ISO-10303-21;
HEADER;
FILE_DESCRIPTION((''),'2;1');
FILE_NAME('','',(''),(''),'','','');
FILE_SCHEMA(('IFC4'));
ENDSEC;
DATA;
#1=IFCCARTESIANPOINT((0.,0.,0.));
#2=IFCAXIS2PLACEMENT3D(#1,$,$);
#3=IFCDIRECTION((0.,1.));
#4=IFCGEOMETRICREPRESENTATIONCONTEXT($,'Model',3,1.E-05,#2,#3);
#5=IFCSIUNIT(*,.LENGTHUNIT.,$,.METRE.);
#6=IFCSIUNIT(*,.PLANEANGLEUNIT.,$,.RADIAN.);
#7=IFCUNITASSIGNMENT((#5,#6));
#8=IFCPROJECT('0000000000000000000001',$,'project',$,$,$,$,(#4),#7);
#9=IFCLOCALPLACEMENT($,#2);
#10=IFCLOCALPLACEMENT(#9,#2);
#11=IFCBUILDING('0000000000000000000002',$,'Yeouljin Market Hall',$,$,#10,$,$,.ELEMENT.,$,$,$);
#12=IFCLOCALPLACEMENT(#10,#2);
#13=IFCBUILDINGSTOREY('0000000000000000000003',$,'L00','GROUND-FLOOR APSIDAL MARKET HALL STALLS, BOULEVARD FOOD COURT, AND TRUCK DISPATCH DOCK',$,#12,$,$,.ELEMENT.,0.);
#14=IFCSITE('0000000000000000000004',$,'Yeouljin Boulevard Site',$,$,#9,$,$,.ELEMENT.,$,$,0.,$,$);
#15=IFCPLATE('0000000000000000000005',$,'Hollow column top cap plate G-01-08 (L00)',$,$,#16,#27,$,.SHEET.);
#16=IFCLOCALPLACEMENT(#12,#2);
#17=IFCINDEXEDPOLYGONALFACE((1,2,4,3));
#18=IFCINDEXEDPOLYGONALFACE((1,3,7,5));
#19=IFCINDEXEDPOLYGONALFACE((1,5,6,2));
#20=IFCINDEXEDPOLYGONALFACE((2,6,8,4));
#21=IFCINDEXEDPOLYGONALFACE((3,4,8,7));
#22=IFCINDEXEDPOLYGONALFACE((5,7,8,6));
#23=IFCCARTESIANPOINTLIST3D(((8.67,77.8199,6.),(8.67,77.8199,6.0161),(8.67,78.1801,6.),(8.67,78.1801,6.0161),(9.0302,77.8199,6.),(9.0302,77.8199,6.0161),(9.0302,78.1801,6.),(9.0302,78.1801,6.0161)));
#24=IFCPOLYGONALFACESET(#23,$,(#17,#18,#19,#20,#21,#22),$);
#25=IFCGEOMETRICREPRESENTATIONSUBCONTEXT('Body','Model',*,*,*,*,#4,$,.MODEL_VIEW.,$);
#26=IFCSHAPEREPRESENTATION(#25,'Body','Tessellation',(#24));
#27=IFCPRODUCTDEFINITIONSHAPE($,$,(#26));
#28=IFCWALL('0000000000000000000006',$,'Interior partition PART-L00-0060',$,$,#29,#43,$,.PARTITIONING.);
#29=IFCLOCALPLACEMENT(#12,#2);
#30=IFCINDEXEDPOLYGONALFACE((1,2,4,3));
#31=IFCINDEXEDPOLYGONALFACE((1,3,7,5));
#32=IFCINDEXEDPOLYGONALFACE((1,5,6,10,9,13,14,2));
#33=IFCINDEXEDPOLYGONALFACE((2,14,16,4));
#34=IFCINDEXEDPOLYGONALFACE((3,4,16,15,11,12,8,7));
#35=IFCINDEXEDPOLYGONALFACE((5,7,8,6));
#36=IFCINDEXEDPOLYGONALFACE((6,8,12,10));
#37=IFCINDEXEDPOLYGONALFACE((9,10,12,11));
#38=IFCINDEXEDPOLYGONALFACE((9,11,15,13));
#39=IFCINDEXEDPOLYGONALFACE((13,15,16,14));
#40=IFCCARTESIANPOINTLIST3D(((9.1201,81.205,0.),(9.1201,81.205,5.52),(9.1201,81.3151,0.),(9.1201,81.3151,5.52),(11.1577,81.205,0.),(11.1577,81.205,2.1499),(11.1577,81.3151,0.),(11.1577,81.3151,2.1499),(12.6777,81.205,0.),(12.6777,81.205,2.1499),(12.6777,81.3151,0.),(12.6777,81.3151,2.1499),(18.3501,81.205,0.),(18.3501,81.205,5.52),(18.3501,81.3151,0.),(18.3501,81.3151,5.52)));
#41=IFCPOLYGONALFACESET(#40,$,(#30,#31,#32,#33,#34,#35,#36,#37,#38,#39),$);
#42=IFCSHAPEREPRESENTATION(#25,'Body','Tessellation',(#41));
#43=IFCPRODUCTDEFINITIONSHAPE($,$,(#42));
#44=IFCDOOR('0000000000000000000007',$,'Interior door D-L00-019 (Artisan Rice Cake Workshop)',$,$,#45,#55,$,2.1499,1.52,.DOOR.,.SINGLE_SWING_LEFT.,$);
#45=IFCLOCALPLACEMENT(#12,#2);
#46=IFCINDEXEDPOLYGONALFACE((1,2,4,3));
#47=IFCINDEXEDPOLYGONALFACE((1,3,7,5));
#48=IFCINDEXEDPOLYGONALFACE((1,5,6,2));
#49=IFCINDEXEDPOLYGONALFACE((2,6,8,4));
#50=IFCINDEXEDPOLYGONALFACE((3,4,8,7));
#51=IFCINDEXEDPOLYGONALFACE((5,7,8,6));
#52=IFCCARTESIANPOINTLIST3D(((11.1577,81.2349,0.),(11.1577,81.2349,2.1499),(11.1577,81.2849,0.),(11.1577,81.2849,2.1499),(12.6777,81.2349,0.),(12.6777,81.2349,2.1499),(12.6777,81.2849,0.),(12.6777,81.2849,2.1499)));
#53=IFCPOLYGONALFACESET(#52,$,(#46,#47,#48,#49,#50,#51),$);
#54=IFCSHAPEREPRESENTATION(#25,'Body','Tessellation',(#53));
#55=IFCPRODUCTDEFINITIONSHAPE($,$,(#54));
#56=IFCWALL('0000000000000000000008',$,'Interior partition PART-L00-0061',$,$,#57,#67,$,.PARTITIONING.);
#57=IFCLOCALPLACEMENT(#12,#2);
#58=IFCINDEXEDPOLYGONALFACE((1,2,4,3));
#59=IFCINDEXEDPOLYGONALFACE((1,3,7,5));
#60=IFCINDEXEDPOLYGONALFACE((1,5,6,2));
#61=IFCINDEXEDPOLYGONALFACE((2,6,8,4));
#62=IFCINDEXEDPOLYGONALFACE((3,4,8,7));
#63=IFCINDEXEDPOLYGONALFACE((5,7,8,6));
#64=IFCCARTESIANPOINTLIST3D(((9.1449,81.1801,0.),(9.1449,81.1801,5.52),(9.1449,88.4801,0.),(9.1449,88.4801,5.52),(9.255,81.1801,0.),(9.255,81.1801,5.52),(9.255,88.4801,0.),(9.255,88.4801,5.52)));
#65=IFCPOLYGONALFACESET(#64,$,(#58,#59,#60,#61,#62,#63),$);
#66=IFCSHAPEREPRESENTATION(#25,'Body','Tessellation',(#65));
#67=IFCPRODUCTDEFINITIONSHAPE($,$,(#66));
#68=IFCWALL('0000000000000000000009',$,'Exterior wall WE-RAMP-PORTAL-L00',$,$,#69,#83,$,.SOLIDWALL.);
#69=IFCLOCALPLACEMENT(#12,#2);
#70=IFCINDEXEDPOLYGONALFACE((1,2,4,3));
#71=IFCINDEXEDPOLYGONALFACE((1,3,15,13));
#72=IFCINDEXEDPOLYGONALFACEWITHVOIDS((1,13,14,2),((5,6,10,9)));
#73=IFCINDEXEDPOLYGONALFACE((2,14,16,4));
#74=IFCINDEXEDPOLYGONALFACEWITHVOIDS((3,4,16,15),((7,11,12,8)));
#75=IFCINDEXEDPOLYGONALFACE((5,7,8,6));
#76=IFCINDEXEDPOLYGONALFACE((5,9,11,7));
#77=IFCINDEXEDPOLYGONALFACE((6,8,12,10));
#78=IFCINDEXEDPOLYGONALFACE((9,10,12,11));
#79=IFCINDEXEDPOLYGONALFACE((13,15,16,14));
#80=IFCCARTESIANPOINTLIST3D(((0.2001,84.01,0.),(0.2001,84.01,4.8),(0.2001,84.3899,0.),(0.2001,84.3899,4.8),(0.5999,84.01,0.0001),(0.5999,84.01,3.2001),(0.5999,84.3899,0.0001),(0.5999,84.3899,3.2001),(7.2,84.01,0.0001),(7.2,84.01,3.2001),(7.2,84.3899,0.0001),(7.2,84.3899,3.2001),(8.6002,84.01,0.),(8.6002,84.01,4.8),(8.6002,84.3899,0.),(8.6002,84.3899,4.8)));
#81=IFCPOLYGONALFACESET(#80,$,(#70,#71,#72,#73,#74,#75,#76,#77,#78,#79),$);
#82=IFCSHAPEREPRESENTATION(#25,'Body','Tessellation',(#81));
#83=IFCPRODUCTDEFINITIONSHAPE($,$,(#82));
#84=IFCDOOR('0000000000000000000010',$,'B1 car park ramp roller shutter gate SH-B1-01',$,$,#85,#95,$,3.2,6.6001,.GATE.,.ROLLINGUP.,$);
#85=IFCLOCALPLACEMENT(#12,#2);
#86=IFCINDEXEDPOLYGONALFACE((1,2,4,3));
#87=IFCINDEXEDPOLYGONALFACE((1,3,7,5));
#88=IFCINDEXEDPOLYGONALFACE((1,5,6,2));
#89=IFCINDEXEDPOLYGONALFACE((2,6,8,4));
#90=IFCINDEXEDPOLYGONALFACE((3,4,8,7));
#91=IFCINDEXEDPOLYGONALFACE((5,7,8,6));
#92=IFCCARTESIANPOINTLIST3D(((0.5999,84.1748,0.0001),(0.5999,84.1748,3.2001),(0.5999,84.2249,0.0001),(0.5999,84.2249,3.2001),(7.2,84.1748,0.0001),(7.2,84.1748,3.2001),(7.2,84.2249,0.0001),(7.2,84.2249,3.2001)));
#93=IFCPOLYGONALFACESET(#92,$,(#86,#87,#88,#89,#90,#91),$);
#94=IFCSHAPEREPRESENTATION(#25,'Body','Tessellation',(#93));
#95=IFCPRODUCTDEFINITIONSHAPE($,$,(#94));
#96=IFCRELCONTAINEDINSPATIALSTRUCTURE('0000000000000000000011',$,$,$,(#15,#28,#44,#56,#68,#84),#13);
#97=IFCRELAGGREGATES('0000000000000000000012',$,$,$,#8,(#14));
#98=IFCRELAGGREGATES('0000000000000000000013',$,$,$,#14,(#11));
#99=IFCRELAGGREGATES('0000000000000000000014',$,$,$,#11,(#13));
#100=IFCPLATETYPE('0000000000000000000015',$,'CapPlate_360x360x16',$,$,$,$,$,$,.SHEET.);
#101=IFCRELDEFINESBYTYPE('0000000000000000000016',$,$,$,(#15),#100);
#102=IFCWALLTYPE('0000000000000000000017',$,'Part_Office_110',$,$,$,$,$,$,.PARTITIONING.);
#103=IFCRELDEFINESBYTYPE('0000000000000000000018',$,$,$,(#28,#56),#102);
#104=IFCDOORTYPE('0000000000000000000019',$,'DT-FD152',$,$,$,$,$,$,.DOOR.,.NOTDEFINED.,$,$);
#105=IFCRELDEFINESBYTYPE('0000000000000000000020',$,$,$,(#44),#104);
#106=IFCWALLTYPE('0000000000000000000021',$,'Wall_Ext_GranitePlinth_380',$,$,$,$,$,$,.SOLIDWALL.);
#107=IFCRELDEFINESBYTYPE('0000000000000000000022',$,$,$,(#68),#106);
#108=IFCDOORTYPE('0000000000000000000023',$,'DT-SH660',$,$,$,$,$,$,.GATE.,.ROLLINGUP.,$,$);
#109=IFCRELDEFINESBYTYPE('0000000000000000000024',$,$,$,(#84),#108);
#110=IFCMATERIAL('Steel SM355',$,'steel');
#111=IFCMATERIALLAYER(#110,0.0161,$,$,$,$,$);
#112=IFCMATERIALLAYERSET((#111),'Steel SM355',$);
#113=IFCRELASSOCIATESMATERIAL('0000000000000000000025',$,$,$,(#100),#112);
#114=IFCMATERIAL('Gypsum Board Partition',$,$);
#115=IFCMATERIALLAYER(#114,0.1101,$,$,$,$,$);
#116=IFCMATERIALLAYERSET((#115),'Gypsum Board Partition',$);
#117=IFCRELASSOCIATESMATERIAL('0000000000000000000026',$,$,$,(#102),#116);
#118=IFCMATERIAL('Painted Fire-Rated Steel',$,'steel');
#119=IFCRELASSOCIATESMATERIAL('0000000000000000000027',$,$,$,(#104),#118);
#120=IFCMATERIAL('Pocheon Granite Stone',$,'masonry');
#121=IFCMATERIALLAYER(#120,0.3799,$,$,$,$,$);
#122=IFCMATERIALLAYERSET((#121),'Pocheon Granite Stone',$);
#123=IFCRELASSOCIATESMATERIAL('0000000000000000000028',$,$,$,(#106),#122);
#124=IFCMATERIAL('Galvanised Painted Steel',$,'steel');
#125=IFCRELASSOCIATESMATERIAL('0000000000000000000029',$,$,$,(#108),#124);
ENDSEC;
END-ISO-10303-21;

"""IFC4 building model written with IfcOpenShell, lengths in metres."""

from ifc_helpers import new_model, si_unit, direction, frame, frame_2d, origin, origin_2d, place, context, subcontext, project, spatial, rectangle, extrude, material, layer, layer_set, type_object, element, fill, save


model = new_model("IFC4")

# Units and contexts
model_context = context("Model", 3, precision=1e-05, world=origin(), true_north=direction((0.0, 1.0)))
body_context = subcontext(model_context, "Body", "Model", "MODEL_VIEW")
ifc_project = project(units=[si_unit("LENGTHUNIT", "METRE"), si_unit("PLANEANGLEUNIT", "RADIAN")], contexts=[model_context])

# Site, building, storey
site_placement = place(None, origin())
site = spatial("IfcSite", under=ifc_project, at=site_placement, Name="Yeouljin Boulevard Site", CompositionType="ELEMENT", RefElevation=0.0)
building_placement = place(site_placement, origin())
building = spatial("IfcBuilding", under=site, at=building_placement, Name="Yeouljin Market Hall", CompositionType="ELEMENT")
storey_placement = place(building_placement, origin())
storey = spatial("IfcBuildingStorey", under=building, at=storey_placement, Name="L00", Description="GROUND-FLOOR APSIDAL MARKET HALL STALLS, BOULEVARD FOOD COURT, AND TRUCK DISPATCH DOCK", CompositionType="ELEMENT", Elevation=0.0)

# Plate
ifc_material_1 = material(Name="Steel SM355", Category="steel")
ifc_layer_1 = layer(ifc_material_1, 0.0161)
ifc_layer_set_1 = layer_set([ifc_layer_1], Name="Steel SM355")
plate_type_1 = type_object("IfcPlateType", Name="CapPlate_360x360x16", PredefinedType="SHEET", material=ifc_layer_set_1)
plate_1_placement = place(storey_placement, frame((8.8501, 78.0, 6.0), z_axis=(0.0, 0.0, 1.0), x_axis=(1.0, 0.0, 0.0)))
element("IfcPlate", 1, at=plate_1_placement, inside=storey, type_object=plate_type_1, Name="Hollow column top cap plate G-01-08 (L00)", PredefinedType="SHEET", context=body_context, shape_type="SweptSolid", body=[
    extrude(rectangle(XDim=0.3601, YDim=0.3601, at=origin_2d()), origin(), (0.0, 0.0, 1.0), 0.0161),
])

# Wall, opening, door
ifc_material_2 = material(Name="Gypsum Board Partition")
ifc_layer_2 = layer(ifc_material_2, 0.1101)
ifc_layer_set_2 = layer_set([ifc_layer_2], Name="Gypsum Board Partition")
wall_type_1 = type_object("IfcWallType", Name="Part_Office_110", PredefinedType="PARTITIONING", material=ifc_layer_set_2)
wall_1_placement = place(storey_placement, frame((9.1201, 81.26, 0.0), z_axis=(0.0, 0.0, 1.0), x_axis=(1.0, 0.0, 0.0)))
wall_1 = element("IfcWall", 2, at=wall_1_placement, inside=storey, type_object=wall_type_1, Name="Interior partition PART-L00-0060", PredefinedType="PARTITIONING", context=body_context, shape_type="SweptSolid", body=[
    extrude(rectangle(XDim=9.23, YDim=0.1101, at=frame_2d((4.615, 0.0))), origin(), (0.0, 0.0, 1.0), 5.52),
])
opening_1_placement = place(wall_1_placement, frame((2.0376, 0.0, 0.0)))
opening_1 = element("IfcOpeningElement", 3, at=opening_1_placement, cuts=wall_1, PredefinedType="OPENING", context=body_context, shape_type="SweptSolid", body=[
    extrude(rectangle(XDim=1.52, YDim=2.1499, at=frame_2d((0.76, 1.075))), frame((0.0, 0.0649, 0.0), z_axis=(0.0, -1.0, 0.0), x_axis=(1.0, 0.0, 0.0)), (0.0, 0.0, 1.0), 0.1301),
])
ifc_material_3 = material(Name="Painted Fire-Rated Steel", Category="steel")
door_type_1 = type_object("IfcDoorType", Name="DT-FD152", OperationType="NOTDEFINED", PredefinedType="DOOR", material=ifc_material_3)
door_1_placement = place(opening_1_placement, origin())
door_1 = element("IfcDoor", 4, at=door_1_placement, inside=storey, type_object=door_type_1, Name="Interior door D-L00-019 (Artisan Rice Cake Workshop)", OperationType="SINGLE_SWING_LEFT", OverallHeight=2.1499, OverallWidth=1.52, PredefinedType="DOOR", context=body_context, shape_type="SweptSolid", body=[
    extrude(rectangle(XDim=1.52, YDim=2.1499, at=frame_2d((0.76, 1.075))), frame((0.0, 0.0249, 0.0), z_axis=(0.0, -1.0, 0.0), x_axis=(1.0, 0.0, 0.0)), (0.0, 0.0, 1.0), 0.05),
])
fill(opening_1, door_1)

# Wall
wall_2_placement = place(storey_placement, frame((9.2, 88.48, 0.0), z_axis=(0.0, 0.0, 1.0), x_axis=(0.0, -1.0, 0.0)))
element("IfcWall", 5, at=wall_2_placement, inside=storey, type_object=wall_type_1, Name="Interior partition PART-L00-0061", PredefinedType="PARTITIONING", context=body_context, shape_type="SweptSolid", body=[
    extrude(rectangle(XDim=7.3, YDim=0.1101, at=frame_2d((3.6499, 0.0))), origin(), (0.0, 0.0, 1.0), 5.52),
])

# Wall, opening, door
ifc_material_4 = material(Name="Pocheon Granite Stone", Category="masonry")
ifc_layer_3 = layer(ifc_material_4, 0.3799)
ifc_layer_set_3 = layer_set([ifc_layer_3], Name="Pocheon Granite Stone")
wall_type_2 = type_object("IfcWallType", Name="Wall_Ext_GranitePlinth_380", PredefinedType="SOLIDWALL", material=ifc_layer_set_3)
wall_3_placement = place(storey_placement, frame((0.2, 84.2, 0.0), z_axis=(0.0, 0.0, 1.0), x_axis=(1.0, 0.0, 0.0)))
wall_3 = element("IfcWall", 6, at=wall_3_placement, inside=storey, type_object=wall_type_2, Name="Exterior wall WE-RAMP-PORTAL-L00", PredefinedType="SOLIDWALL", context=body_context, shape_type="SweptSolid", body=[
    extrude(rectangle(XDim=8.4001, YDim=0.3799, at=frame_2d((4.2002, 0.0))), origin(), (0.0, 0.0, 1.0), 4.8),
])
opening_2_placement = place(wall_3_placement, frame((0.3999, 0.0, 0.0)))
opening_2 = element("IfcOpeningElement", 7, at=opening_2_placement, cuts=wall_3, PredefinedType="OPENING", context=body_context, shape_type="SweptSolid", body=[
    extrude(rectangle(XDim=6.6001, YDim=3.2, at=frame_2d((3.3, 1.6001))), frame((0.0, 0.2, 0.0), z_axis=(0.0, -1.0, 0.0), x_axis=(1.0, 0.0, 0.0)), (0.0, 0.0, 1.0), 0.3999),
])
ifc_material_5 = material(Name="Galvanised Painted Steel", Category="steel")
door_type_2 = type_object("IfcDoorType", Name="DT-SH660", OperationType="ROLLINGUP", PredefinedType="GATE", material=ifc_material_5)
door_2_placement = place(opening_2_placement, origin())
door_2 = element("IfcDoor", 8, at=door_2_placement, inside=storey, type_object=door_type_2, Name="B1 car park ramp roller shutter gate SH-B1-01", OperationType="ROLLINGUP", OverallHeight=3.2, OverallWidth=6.6001, PredefinedType="GATE", context=body_context, shape_type="SweptSolid", body=[
    extrude(rectangle(XDim=6.6001, YDim=3.2, at=frame_2d((3.3, 1.6001))), frame((0.0, 0.0249, 0.0), z_axis=(0.0, -1.0, 0.0), x_axis=(1.0, 0.0, 0.0)), (0.0, 0.0, 1.0), 0.05),
])
fill(opening_2, door_2)

save(model, "model.ifc")
